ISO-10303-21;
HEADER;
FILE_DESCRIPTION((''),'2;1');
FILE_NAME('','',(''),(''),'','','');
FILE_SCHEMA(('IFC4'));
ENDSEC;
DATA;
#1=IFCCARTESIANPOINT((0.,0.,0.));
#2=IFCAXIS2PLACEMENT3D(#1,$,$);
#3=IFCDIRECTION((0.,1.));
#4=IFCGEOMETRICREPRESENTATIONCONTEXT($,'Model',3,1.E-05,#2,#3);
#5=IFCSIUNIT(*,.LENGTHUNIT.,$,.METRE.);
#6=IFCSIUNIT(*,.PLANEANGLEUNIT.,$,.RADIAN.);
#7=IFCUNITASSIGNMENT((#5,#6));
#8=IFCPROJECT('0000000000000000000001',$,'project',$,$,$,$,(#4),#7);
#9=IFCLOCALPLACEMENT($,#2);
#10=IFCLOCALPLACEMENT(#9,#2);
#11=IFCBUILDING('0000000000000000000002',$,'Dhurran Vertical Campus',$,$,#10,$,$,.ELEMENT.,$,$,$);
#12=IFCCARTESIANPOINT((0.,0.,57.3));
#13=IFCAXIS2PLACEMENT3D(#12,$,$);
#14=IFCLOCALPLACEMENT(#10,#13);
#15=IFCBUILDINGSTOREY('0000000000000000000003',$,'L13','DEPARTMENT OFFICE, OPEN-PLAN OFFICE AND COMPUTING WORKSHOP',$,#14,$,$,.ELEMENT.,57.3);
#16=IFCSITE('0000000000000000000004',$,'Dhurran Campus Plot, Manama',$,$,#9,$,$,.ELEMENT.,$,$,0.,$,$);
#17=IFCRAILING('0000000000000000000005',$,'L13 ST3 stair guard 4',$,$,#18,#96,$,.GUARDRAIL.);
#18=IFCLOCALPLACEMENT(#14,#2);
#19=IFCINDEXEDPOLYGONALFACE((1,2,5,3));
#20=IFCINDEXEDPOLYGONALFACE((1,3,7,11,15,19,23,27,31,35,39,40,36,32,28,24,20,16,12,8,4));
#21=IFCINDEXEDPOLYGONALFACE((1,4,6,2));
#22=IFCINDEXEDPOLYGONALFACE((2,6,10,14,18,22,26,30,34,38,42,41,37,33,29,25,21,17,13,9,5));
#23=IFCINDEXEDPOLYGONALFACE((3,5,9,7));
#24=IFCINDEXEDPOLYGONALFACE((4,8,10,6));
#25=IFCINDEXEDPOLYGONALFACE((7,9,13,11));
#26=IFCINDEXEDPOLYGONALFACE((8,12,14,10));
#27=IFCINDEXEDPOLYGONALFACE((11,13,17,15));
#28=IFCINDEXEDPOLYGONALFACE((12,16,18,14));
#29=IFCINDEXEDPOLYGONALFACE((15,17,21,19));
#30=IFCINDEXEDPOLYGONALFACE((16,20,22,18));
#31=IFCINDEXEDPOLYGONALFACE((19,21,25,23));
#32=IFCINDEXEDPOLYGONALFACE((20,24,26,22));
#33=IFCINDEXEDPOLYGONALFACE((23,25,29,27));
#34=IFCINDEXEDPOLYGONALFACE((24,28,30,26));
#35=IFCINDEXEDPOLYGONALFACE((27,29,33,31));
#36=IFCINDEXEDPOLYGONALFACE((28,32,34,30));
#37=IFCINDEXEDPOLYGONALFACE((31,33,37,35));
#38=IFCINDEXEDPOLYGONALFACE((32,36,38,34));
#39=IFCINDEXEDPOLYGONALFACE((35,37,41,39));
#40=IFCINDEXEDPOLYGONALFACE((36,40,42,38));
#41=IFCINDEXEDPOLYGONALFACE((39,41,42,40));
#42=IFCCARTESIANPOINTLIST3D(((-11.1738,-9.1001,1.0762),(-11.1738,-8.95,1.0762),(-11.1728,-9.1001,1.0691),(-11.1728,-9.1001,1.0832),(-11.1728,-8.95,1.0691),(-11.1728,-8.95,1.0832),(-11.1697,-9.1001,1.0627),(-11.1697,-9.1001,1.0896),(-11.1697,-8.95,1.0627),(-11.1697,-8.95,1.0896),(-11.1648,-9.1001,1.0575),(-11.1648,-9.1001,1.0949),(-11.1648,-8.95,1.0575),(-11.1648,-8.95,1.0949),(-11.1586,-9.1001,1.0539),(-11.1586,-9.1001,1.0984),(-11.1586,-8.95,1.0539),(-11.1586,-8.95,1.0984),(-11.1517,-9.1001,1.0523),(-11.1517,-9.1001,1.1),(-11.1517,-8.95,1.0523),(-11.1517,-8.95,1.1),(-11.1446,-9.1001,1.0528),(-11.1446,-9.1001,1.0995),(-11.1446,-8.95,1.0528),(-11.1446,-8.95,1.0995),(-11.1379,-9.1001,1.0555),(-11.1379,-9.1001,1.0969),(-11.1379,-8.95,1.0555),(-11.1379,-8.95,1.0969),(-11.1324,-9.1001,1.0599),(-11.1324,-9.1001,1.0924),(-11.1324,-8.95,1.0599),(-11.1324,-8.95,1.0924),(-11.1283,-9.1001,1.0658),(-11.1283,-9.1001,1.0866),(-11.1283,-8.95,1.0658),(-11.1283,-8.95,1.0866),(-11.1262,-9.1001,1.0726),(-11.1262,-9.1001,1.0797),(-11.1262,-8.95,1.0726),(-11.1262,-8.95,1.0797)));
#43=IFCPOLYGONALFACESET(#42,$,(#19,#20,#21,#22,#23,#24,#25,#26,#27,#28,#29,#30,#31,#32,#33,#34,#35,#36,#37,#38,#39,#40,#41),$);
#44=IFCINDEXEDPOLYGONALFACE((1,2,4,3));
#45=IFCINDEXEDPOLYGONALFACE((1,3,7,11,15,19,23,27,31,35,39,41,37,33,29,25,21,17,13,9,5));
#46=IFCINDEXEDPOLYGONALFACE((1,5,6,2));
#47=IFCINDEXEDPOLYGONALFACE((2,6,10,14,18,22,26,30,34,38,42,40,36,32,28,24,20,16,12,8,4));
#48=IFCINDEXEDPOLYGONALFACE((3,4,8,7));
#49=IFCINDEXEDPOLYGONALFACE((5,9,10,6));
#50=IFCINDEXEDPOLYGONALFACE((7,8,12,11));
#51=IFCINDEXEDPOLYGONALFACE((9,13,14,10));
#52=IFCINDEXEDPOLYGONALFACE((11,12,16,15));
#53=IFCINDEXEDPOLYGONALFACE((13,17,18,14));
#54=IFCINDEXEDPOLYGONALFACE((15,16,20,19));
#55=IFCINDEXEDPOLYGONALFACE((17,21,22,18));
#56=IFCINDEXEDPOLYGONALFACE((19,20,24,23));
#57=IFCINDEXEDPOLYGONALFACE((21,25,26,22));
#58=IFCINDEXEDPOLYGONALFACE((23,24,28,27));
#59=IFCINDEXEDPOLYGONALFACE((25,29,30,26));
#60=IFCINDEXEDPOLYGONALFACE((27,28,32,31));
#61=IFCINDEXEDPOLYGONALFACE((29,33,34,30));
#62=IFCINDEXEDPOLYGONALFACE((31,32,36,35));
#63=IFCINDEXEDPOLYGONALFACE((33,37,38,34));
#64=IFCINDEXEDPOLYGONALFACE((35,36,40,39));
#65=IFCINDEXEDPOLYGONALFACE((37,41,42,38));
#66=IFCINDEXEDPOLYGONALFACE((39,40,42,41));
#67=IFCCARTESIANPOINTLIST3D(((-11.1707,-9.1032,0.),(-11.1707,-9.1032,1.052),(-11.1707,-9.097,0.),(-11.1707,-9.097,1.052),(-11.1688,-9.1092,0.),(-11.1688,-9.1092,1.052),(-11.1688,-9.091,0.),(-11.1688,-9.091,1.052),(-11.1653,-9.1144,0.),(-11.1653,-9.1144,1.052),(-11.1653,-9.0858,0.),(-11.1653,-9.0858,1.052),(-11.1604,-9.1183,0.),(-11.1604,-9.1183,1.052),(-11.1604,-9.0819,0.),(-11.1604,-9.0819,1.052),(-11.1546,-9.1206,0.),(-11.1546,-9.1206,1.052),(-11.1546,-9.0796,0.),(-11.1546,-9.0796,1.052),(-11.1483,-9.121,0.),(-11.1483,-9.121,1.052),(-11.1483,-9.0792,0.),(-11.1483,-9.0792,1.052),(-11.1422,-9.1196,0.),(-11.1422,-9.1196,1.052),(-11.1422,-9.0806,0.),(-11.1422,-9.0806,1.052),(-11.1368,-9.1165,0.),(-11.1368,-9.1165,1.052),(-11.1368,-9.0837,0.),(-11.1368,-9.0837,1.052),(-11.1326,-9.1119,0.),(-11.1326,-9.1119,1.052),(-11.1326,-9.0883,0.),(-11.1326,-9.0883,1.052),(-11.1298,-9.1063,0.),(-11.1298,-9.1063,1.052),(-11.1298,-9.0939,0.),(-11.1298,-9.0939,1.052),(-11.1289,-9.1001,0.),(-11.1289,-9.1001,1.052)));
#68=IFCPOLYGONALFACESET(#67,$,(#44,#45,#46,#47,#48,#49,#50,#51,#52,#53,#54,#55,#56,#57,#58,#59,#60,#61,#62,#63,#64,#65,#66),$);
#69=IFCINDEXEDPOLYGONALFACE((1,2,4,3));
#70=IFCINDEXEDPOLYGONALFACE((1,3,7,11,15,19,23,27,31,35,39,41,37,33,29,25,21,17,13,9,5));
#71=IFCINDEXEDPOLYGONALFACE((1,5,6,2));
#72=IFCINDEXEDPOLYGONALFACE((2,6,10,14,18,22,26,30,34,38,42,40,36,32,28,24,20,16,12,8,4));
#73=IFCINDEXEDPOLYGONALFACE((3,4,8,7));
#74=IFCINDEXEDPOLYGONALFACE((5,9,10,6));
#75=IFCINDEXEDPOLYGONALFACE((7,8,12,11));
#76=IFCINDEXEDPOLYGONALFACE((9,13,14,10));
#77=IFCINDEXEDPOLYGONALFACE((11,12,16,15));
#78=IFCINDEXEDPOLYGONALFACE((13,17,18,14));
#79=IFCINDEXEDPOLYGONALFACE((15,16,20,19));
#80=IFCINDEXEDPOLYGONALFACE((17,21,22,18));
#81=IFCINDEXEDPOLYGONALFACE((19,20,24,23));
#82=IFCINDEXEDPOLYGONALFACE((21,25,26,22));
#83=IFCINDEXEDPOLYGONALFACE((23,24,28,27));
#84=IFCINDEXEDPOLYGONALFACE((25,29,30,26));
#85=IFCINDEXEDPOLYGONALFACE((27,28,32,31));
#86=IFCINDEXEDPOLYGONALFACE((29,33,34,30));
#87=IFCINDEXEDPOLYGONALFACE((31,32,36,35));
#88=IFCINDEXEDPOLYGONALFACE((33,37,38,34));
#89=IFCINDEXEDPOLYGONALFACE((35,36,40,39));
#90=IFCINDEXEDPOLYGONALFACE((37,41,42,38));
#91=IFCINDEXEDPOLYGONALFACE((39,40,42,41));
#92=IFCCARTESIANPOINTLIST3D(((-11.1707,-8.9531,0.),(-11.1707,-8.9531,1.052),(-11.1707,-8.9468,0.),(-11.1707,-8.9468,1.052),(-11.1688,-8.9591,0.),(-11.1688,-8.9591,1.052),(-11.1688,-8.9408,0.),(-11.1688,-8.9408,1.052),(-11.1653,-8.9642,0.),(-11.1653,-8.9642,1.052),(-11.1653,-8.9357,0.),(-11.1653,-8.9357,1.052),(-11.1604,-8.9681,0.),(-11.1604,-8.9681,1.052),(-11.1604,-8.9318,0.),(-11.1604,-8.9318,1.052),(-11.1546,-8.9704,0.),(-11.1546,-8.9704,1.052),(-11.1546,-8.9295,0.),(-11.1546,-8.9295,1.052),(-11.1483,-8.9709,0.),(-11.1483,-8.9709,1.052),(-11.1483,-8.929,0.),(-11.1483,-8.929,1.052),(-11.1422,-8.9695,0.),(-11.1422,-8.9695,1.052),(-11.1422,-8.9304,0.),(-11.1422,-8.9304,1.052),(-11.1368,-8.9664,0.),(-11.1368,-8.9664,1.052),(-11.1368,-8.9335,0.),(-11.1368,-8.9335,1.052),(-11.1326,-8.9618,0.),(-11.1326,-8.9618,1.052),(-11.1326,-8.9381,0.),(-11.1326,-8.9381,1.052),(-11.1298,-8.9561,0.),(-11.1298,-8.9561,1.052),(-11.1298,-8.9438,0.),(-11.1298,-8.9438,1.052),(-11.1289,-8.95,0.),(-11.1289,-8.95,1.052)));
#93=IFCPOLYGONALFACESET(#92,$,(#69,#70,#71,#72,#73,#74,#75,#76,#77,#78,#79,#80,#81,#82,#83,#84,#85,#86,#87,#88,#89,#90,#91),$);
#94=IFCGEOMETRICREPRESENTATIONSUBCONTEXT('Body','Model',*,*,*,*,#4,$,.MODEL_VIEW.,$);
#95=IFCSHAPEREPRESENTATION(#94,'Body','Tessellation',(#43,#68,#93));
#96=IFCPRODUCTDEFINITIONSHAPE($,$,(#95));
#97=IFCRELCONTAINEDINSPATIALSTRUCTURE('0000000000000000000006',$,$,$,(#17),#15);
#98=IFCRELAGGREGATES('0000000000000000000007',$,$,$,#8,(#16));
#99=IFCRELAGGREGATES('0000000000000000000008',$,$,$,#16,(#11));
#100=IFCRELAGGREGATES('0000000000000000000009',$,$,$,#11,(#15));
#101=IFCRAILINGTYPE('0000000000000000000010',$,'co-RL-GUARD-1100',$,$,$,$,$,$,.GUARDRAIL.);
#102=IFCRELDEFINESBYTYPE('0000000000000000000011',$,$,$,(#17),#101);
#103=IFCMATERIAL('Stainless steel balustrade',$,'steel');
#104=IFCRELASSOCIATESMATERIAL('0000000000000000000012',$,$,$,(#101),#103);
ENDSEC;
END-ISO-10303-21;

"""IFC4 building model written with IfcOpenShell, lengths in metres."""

from ifc_helpers import new_model, si_unit, direction, frame, origin, origin_2d, place, context, subcontext, project, spatial, circle, extrude, material, type_object, element, save


model = new_model("IFC4")

# Units and contexts
model_context = context("Model", 3, precision=1e-05, world=origin(), true_north=direction((0.0, 1.0)))
body_context = subcontext(model_context, "Body", "Model", "MODEL_VIEW")
ifc_project = project(units=[si_unit("LENGTHUNIT", "METRE"), si_unit("PLANEANGLEUNIT", "RADIAN")], contexts=[model_context])

# Site, building, storey
site_placement = place(None, origin())
site = spatial("IfcSite", under=ifc_project, at=site_placement, Name="Dhurran Campus Plot, Manama", CompositionType="ELEMENT", RefElevation=0.0)
building_placement = place(site_placement, origin())
building = spatial("IfcBuilding", under=site, at=building_placement, Name="Dhurran Vertical Campus", CompositionType="ELEMENT")
storey_placement = place(building_placement, frame((0.0, 0.0, 57.3)))
storey = spatial("IfcBuildingStorey", under=building, at=storey_placement, Name="L13", Description="DEPARTMENT OFFICE, OPEN-PLAN OFFICE AND COMPUTING WORKSHOP", CompositionType="ELEMENT", Elevation=57.3)

# Railing
ifc_material_1 = material(Name="Stainless steel balustrade", Category="steel")
railing_type_1 = type_object("IfcRailingType", Name="co-RL-GUARD-1100", PredefinedType="GUARDRAIL", material=ifc_material_1)
railing_1_placement = place(storey_placement, frame((-11.1499, -9.1001, 0.0)))
element("IfcRailing", 1, at=railing_1_placement, inside=storey, type_object=railing_type_1, Name="L13 ST3 stair guard 4", PredefinedType="GUARDRAIL", context=body_context, shape_type="SweptSolid", body=[
    extrude(circle(Radius=0.0239, at=origin_2d()), frame((0.0, 0.0, 1.0762), z_axis=(0.0, 1.0, 0.0), x_axis=(-1.0, 0.0, 0.0)), (0.0, 0.0, 1.0), 0.1501),
    extrude(circle(Radius=0.021, at=origin_2d()), origin(), (0.0, 0.0, 1.0), 1.052),
    extrude(circle(Radius=0.021, at=origin_2d()), frame((0.0, 0.1501, 0.0)), (0.0, 0.0, 1.0), 1.052),
])

save(model, "model.ifc")
